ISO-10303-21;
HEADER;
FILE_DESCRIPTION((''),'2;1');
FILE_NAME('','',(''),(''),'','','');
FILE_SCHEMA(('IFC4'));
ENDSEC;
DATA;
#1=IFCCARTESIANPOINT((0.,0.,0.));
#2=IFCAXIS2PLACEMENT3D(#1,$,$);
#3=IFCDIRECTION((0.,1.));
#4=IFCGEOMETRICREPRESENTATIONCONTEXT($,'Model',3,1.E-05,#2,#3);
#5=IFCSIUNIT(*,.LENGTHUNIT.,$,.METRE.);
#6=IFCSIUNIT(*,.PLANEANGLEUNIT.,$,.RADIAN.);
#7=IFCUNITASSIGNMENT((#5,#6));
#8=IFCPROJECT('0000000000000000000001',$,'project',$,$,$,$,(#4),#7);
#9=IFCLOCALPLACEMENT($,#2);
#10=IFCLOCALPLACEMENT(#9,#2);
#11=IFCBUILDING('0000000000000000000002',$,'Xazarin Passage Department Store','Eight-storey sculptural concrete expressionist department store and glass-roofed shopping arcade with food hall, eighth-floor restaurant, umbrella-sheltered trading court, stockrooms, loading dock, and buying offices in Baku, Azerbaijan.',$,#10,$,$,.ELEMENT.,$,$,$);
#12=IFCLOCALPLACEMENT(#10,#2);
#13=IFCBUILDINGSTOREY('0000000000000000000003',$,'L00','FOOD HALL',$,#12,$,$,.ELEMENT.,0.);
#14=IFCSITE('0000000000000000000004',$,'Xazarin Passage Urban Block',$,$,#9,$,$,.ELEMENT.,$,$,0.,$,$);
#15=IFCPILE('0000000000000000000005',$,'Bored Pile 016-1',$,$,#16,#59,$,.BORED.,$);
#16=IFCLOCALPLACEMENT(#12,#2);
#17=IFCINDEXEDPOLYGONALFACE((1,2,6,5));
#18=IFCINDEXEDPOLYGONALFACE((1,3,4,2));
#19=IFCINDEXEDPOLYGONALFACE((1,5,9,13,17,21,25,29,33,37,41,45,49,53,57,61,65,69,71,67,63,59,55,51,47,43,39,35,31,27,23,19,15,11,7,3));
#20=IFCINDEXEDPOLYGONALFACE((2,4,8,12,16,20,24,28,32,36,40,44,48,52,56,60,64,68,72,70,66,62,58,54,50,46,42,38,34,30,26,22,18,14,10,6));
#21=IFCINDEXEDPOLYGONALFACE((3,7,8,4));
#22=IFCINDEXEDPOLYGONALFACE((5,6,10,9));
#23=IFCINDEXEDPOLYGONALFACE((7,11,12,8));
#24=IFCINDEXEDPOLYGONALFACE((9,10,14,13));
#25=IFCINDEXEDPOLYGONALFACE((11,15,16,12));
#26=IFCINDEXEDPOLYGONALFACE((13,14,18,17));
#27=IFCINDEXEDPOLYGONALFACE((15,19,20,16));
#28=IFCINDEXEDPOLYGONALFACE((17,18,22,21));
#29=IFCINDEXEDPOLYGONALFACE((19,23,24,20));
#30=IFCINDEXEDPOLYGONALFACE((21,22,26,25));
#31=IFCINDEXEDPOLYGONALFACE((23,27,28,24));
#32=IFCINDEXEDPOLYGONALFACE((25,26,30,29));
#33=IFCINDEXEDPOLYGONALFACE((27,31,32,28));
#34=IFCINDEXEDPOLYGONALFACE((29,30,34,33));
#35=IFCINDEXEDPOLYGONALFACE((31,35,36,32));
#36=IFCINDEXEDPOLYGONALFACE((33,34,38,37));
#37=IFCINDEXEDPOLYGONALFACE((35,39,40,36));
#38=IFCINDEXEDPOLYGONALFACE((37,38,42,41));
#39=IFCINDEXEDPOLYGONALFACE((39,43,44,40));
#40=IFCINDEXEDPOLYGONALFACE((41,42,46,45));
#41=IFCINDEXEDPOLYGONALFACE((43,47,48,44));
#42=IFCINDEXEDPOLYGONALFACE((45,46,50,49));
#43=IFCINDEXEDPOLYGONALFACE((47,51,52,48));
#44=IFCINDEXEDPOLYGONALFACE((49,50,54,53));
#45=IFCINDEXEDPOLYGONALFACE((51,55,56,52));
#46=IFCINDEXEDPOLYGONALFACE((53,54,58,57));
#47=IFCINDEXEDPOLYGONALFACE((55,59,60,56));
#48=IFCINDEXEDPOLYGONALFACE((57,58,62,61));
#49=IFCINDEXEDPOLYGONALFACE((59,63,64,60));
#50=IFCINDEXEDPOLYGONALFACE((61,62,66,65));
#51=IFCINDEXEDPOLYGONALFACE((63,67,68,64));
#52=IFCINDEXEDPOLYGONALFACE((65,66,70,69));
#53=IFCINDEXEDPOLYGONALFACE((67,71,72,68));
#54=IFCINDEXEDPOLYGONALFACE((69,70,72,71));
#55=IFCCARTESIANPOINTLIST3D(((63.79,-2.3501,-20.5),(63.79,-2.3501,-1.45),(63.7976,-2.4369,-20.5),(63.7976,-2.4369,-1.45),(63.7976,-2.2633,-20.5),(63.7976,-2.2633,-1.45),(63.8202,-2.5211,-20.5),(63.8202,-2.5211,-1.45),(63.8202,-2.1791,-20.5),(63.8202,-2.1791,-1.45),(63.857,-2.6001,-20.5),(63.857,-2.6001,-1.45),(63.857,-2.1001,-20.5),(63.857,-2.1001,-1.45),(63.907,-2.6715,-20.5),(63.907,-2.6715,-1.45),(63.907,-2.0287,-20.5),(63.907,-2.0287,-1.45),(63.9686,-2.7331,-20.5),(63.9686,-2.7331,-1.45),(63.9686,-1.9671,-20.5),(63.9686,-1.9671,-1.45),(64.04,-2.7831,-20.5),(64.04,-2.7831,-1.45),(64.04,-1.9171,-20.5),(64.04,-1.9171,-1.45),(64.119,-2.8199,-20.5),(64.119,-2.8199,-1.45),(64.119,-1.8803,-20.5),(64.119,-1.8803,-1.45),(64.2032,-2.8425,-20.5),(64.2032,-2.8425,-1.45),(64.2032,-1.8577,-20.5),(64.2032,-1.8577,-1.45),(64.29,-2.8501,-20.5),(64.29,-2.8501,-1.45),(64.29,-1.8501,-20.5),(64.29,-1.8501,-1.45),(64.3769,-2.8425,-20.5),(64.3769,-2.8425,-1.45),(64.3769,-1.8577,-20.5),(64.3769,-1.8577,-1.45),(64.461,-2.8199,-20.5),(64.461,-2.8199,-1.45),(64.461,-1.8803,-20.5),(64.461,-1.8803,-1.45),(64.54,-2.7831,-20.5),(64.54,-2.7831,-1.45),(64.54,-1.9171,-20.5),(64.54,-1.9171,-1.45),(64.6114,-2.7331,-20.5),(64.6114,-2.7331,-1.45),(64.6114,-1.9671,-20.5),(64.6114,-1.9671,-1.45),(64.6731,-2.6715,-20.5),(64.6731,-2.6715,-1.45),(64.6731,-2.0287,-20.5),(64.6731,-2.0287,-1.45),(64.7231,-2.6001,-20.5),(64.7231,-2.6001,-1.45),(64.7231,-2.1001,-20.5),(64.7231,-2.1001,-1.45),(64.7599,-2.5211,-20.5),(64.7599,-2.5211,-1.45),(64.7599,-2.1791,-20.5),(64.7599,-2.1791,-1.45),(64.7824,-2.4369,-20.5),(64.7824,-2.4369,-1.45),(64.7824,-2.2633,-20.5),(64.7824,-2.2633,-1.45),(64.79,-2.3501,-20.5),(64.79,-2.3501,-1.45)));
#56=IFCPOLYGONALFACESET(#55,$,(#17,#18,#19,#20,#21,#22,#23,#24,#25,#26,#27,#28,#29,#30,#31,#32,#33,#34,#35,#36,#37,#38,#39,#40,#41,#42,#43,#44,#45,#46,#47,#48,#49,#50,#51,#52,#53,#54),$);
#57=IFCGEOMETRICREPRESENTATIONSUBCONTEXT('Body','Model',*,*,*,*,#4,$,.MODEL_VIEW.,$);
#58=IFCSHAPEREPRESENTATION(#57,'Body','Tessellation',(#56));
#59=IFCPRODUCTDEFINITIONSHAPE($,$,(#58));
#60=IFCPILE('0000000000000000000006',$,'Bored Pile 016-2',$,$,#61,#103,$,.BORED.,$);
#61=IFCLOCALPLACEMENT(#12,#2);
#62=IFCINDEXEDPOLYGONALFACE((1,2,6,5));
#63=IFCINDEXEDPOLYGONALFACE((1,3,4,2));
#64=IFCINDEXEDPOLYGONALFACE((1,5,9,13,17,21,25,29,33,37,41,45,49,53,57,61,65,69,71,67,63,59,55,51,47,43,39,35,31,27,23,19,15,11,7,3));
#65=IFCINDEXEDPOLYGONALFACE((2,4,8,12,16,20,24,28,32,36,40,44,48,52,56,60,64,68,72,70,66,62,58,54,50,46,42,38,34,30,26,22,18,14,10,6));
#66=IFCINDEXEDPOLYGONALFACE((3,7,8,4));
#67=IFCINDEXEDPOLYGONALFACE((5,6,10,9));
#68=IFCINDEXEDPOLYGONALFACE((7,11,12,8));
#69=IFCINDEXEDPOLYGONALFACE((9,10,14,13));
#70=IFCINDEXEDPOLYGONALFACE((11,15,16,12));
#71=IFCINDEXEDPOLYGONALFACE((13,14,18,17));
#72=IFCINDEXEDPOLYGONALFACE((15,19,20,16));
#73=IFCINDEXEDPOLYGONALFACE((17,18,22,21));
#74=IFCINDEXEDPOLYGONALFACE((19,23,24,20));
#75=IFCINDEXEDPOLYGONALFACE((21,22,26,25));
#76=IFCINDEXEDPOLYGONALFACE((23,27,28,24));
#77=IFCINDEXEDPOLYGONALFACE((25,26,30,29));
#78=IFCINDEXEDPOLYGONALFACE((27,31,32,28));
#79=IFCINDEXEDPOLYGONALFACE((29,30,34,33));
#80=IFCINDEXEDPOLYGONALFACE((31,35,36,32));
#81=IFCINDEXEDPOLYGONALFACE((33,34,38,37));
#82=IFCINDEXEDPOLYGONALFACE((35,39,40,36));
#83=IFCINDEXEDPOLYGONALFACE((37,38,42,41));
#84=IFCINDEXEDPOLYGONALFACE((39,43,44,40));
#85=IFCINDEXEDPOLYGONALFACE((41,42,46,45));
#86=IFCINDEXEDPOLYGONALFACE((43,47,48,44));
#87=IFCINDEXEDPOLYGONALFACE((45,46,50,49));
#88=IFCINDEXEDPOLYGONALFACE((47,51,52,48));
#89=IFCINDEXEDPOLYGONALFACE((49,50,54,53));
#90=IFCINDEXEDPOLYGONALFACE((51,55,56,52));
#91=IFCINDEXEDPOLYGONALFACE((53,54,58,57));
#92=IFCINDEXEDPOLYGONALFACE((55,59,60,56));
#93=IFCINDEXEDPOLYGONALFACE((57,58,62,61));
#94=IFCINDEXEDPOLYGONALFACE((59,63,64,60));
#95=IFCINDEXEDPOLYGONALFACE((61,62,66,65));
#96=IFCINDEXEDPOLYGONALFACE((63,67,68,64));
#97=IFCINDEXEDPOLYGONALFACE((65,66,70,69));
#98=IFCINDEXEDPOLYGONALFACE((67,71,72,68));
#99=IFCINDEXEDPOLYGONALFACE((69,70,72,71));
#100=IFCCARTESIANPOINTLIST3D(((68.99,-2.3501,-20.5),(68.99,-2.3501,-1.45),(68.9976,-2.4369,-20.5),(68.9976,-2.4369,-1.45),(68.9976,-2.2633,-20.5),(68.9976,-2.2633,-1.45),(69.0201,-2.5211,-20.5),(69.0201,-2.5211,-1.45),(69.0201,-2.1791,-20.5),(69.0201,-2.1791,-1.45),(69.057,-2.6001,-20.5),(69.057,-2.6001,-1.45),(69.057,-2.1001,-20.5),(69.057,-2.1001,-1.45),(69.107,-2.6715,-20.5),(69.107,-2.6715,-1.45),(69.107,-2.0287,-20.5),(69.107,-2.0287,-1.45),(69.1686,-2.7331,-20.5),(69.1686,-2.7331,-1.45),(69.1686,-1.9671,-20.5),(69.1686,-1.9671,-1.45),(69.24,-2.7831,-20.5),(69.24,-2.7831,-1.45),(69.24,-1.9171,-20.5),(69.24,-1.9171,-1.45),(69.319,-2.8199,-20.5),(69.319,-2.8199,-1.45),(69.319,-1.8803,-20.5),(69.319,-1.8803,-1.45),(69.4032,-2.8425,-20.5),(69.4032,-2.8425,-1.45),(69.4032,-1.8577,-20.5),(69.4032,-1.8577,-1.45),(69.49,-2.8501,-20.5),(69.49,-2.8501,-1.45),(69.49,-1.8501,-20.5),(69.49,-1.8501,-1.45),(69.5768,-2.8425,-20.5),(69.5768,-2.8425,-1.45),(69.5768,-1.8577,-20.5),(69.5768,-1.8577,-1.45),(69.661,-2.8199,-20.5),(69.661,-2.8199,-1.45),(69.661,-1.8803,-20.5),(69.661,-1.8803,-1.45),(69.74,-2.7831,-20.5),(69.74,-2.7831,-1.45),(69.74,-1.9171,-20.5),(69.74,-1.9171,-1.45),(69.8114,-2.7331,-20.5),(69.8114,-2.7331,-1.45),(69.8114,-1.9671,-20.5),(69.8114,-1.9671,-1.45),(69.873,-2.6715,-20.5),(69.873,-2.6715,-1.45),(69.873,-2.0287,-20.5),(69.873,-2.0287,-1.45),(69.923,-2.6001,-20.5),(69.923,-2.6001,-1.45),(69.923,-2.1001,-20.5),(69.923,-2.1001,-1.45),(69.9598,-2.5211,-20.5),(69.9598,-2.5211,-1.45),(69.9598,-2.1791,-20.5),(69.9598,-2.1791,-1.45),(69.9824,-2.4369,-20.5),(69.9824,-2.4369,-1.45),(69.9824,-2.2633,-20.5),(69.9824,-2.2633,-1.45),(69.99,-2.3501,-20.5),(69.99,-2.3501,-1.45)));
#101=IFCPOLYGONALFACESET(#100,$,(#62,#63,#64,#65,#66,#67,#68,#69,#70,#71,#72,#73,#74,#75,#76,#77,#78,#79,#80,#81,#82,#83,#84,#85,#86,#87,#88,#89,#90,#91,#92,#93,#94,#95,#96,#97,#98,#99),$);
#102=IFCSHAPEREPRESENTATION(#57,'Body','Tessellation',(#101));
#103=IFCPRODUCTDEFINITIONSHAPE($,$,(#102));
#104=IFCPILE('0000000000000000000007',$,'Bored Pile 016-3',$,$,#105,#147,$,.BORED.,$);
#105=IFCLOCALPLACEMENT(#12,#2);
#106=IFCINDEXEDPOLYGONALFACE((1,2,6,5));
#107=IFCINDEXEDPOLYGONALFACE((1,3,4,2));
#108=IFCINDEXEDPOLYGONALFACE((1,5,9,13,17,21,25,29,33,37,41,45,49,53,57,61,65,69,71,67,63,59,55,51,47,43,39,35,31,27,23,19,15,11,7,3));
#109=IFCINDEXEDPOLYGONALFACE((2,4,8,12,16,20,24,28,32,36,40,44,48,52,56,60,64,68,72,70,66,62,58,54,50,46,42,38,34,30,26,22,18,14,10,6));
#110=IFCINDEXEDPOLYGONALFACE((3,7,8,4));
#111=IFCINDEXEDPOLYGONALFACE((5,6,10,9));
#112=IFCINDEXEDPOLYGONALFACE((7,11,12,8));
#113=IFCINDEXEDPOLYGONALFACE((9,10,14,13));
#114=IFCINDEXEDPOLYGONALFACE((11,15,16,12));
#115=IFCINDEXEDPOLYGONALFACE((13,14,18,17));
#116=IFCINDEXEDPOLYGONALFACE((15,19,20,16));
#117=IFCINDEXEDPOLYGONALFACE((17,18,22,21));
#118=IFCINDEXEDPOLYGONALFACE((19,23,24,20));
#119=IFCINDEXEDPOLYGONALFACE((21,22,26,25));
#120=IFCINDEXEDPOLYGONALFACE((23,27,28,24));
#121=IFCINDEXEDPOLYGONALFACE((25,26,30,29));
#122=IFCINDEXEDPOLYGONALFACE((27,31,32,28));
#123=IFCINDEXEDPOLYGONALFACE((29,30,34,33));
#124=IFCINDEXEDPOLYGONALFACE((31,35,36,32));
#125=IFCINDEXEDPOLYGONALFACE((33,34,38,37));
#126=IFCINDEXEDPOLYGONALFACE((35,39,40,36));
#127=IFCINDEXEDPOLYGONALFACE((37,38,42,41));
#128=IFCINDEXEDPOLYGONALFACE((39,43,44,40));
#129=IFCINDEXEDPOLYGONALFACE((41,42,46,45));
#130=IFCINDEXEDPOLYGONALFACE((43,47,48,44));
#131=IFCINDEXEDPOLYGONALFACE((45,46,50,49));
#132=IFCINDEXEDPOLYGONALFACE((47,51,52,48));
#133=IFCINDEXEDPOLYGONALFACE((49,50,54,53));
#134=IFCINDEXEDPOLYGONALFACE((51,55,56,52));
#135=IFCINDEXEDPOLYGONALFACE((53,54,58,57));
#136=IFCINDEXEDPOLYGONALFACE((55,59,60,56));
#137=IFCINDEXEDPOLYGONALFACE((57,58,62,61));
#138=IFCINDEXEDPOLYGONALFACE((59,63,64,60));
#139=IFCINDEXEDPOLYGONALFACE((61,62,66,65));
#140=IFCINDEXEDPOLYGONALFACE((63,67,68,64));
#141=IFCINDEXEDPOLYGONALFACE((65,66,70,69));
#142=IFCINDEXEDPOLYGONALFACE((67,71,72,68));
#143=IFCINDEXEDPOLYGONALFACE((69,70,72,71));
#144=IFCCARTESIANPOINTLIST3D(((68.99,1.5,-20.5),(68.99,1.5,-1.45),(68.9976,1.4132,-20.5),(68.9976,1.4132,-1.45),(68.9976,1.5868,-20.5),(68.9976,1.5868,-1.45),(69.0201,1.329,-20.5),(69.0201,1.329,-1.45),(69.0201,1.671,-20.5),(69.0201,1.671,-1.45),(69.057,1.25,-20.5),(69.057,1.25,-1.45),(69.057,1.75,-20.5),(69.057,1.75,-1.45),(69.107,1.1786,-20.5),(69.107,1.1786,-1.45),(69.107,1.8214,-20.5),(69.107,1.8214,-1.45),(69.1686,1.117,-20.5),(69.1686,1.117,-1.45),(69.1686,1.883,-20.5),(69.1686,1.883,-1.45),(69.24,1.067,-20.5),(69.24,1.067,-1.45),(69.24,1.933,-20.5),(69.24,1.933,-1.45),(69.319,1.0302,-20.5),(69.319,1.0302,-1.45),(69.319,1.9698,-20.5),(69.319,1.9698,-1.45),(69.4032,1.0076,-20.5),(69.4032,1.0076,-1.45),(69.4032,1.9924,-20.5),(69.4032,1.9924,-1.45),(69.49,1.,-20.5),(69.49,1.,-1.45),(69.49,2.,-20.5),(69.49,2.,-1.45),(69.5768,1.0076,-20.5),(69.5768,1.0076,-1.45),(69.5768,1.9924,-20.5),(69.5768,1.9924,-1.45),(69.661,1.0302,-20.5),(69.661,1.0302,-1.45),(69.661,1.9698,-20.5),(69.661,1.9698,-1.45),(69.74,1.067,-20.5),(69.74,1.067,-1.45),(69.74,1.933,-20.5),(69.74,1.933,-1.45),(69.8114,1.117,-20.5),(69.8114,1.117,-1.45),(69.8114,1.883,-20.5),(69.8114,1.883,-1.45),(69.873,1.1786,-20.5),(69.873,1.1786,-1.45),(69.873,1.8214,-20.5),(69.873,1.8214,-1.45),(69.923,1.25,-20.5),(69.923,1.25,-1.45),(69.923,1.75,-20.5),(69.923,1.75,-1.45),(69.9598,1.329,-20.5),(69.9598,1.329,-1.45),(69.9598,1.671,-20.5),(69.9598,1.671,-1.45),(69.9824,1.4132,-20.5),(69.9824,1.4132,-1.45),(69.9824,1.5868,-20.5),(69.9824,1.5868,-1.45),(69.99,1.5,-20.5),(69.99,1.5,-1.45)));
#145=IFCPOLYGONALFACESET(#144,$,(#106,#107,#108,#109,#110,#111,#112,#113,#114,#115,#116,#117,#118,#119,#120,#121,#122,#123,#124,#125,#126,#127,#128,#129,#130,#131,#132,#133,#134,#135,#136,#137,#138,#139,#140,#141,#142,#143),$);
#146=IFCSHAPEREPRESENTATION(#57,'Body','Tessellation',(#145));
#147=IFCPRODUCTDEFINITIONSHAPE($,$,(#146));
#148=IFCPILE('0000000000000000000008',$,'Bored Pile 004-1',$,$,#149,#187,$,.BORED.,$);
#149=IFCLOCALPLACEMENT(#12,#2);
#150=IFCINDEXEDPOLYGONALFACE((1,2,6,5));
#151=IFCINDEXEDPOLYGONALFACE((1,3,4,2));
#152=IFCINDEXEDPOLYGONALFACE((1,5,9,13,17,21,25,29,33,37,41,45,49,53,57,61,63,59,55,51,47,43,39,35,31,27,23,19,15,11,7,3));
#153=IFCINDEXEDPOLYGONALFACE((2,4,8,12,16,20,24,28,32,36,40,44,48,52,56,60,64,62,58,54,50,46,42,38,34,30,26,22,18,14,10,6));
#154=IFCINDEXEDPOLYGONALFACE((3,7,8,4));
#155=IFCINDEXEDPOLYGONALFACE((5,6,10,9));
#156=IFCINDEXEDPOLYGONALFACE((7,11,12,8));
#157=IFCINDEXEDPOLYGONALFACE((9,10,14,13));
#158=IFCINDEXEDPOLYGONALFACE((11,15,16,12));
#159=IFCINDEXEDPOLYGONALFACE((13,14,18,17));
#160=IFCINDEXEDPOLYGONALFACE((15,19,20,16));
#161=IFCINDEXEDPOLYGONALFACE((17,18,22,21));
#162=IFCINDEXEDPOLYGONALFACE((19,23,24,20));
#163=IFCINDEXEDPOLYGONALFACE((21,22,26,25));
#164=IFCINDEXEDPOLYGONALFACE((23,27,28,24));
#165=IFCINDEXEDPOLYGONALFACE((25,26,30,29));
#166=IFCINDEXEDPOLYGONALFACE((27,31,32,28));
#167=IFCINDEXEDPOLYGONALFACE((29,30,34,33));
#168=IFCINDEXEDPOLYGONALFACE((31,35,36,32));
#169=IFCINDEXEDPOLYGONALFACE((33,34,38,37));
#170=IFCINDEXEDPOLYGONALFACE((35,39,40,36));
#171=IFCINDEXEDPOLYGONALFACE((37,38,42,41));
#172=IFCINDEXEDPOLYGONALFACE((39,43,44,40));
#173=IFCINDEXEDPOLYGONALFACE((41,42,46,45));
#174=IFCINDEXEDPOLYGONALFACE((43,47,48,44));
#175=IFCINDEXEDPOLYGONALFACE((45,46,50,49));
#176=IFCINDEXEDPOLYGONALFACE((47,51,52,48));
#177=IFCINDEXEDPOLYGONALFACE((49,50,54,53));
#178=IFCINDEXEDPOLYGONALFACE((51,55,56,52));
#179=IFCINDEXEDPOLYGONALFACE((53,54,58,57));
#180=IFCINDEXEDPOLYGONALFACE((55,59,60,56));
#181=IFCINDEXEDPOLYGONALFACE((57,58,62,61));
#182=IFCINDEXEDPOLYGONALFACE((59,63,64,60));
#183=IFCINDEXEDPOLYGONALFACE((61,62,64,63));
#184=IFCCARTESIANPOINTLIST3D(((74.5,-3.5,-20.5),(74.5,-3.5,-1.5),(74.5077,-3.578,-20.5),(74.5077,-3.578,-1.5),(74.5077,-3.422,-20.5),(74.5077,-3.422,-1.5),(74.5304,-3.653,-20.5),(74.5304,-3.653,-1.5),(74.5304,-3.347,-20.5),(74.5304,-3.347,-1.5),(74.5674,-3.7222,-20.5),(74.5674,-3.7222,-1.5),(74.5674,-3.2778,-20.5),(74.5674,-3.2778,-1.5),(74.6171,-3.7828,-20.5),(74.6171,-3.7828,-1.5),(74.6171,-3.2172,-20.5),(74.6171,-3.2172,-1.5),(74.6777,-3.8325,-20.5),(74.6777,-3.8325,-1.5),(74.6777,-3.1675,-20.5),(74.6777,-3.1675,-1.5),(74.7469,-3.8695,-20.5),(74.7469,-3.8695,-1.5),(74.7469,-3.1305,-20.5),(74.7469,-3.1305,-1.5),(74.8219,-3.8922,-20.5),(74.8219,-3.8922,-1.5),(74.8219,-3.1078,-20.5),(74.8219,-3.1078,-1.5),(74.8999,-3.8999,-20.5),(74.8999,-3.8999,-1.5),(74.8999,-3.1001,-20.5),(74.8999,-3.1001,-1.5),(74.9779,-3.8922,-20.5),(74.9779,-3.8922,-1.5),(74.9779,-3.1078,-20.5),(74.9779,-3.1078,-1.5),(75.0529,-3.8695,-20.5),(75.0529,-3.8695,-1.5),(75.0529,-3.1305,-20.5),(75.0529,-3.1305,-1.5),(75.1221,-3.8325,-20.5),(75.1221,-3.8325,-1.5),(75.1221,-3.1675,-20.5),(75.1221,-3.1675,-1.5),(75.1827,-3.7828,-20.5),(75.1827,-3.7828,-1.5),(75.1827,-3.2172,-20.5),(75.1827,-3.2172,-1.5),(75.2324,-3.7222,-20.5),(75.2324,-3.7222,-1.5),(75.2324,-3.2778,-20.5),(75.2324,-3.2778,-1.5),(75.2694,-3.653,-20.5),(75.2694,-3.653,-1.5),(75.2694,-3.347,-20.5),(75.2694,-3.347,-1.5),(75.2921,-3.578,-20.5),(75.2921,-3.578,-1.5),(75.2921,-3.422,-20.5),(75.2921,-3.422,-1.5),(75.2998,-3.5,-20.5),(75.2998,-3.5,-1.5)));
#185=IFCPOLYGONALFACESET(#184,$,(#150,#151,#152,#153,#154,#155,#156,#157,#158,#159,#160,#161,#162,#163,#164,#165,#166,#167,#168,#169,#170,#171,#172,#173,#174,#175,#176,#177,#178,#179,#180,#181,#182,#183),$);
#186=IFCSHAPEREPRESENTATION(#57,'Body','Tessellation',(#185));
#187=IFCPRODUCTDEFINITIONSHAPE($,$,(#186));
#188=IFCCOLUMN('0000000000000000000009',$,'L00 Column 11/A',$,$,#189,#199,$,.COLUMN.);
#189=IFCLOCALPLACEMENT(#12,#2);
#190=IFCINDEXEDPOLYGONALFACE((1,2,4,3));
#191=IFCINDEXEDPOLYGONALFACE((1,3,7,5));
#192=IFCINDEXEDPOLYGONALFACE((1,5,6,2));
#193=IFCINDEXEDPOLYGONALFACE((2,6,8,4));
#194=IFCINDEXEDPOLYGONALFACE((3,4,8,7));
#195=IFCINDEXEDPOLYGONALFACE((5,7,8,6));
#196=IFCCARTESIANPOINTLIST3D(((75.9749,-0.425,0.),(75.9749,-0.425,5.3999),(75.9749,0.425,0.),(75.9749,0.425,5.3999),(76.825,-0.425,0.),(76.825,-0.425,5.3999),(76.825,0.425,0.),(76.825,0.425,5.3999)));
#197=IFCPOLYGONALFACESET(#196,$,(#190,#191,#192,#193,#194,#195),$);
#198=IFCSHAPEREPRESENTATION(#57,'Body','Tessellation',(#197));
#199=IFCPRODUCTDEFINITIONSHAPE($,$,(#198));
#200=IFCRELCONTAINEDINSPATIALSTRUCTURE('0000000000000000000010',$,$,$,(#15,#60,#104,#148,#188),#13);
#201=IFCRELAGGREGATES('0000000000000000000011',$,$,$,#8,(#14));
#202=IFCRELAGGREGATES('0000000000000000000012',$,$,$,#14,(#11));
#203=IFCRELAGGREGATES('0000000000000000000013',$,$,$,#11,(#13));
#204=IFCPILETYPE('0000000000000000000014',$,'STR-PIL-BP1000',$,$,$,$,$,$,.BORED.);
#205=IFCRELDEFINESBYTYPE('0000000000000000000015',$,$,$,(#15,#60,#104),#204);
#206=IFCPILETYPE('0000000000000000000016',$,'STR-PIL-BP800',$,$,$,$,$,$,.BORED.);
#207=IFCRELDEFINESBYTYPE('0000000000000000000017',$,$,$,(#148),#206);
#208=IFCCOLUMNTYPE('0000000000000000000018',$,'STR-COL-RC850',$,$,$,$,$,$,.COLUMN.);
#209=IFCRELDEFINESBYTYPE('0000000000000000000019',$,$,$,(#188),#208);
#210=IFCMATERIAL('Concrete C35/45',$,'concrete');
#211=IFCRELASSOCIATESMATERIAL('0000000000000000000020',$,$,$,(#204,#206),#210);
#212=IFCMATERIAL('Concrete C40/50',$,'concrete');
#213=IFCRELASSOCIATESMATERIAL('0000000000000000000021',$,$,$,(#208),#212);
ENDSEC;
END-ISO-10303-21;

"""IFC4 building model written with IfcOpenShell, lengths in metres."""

from ifc_helpers import new_model, si_unit, direction, frame, origin, origin_2d, place, context, subcontext, project, spatial, rectangle, circle, extrude, material, material_profile, profile_set, type_object, element, save


model = new_model("IFC4")

# Units and contexts
model_context = context("Model", 3, precision=1e-05, world=origin(), true_north=direction((0.0, 1.0)))
body_context = subcontext(model_context, "Body", "Model", "MODEL_VIEW")
ifc_project = project(units=[si_unit("LENGTHUNIT", "METRE"), si_unit("PLANEANGLEUNIT", "RADIAN")], contexts=[model_context])

# Site, building, storey
site_placement = place(None, origin())
site = spatial("IfcSite", under=ifc_project, at=site_placement, Name="Xazarin Passage Urban Block", CompositionType="ELEMENT", RefElevation=0.0)
building_placement = place(site_placement, origin())
building = spatial("IfcBuilding", under=site, at=building_placement, Name="Xazarin Passage Department Store", Description="Eight-storey sculptural concrete expressionist department store and glass-roofed shopping arcade with food hall, eighth-floor restaurant, umbrella-sheltered trading court, stockrooms, loading dock, and buying offices in Baku, Azerbaijan.", CompositionType="ELEMENT")
storey_placement = place(building_placement, origin())
storey = spatial("IfcBuildingStorey", under=building, at=storey_placement, Name="L00", Description="FOOD HALL", CompositionType="ELEMENT", Elevation=0.0)

# Shared definitions
ifc_material_1 = material(Name="Concrete C35/45", Category="concrete")

# Piles
ifc_material_profile_1 = material_profile(ifc_material_1, circle(Radius=0.5, at=origin_2d()), Name="BP 1000")
ifc_profile_set_1 = profile_set([ifc_material_profile_1], Name="Concrete C35/45")
pile_type_1 = type_object("IfcPileType", Name="STR-PIL-BP1000", PredefinedType="BORED", material=ifc_profile_set_1)
for number, where, z_axis, x_axis, name in (
    (1, (64.29, -2.3501, -1.45), (0.0, 0.0, -1.0), (1.0, 0.0, 0.0), "Bored Pile 016-1"),
    (2, (69.49, -2.3501, -1.45), (0.0, 0.0, -1.0), (1.0, 0.0, 0.0), "Bored Pile 016-2"),
    (3, (69.49, 1.5, -1.45), (0.0, 0.0, -1.0), (1.0, 0.0, 0.0), "Bored Pile 016-3"),
):
    element("IfcPile", number, at=place(storey_placement, frame(where, z_axis=z_axis, x_axis=x_axis)), inside=storey, type_object=pile_type_1, Name=name, PredefinedType="BORED", context=body_context, shape_type="SweptSolid", body=[
        extrude(circle(Radius=0.5, at=origin_2d()), origin(), (0.0, 0.0, 1.0), 19.05),
    ])
ifc_material_profile_2 = material_profile(ifc_material_1, circle(Radius=0.3999, at=origin_2d()), Name="BP 800")
ifc_profile_set_2 = profile_set([ifc_material_profile_2], Name="Concrete C35/45")
pile_type_2 = type_object("IfcPileType", Name="STR-PIL-BP800", PredefinedType="BORED", material=ifc_profile_set_2)
pile_placement = place(storey_placement, frame((74.8999, -3.5, -1.5), z_axis=(0.0, 0.0, -1.0), x_axis=(1.0, 0.0, 0.0)))
element("IfcPile", 4, at=pile_placement, inside=storey, type_object=pile_type_2, Name="Bored Pile 004-1", PredefinedType="BORED", context=body_context, shape_type="SweptSolid", body=[
    extrude(circle(Radius=0.3999, at=origin_2d()), origin(), (0.0, 0.0, 1.0), 19.0),
])

# Column
ifc_material_2 = material(Name="Concrete C40/50", Category="concrete")
ifc_material_profile_3 = material_profile(ifc_material_2, rectangle(XDim=0.8501, YDim=0.8501, at=origin_2d()), Name="RC 850x850")
ifc_profile_set_3 = profile_set([ifc_material_profile_3], Name="Concrete C40/50")
column_type_1 = type_object("IfcColumnType", Name="STR-COL-RC850", PredefinedType="COLUMN", material=ifc_profile_set_3)
column_1_placement = place(storey_placement, frame((76.3999, 0.0, 0.0), z_axis=(0.0, 0.0, 1.0), x_axis=(1.0, 0.0, 0.0)))
element("IfcColumn", 5, at=column_1_placement, inside=storey, type_object=column_type_1, Name="L00 Column 11/A", PredefinedType="COLUMN", context=body_context, shape_type="SweptSolid", body=[
    extrude(rectangle(XDim=0.8501, YDim=0.8501, at=origin_2d()), origin(), (0.0, 0.0, 1.0), 5.3999),
])

save(model, "model.ifc")
